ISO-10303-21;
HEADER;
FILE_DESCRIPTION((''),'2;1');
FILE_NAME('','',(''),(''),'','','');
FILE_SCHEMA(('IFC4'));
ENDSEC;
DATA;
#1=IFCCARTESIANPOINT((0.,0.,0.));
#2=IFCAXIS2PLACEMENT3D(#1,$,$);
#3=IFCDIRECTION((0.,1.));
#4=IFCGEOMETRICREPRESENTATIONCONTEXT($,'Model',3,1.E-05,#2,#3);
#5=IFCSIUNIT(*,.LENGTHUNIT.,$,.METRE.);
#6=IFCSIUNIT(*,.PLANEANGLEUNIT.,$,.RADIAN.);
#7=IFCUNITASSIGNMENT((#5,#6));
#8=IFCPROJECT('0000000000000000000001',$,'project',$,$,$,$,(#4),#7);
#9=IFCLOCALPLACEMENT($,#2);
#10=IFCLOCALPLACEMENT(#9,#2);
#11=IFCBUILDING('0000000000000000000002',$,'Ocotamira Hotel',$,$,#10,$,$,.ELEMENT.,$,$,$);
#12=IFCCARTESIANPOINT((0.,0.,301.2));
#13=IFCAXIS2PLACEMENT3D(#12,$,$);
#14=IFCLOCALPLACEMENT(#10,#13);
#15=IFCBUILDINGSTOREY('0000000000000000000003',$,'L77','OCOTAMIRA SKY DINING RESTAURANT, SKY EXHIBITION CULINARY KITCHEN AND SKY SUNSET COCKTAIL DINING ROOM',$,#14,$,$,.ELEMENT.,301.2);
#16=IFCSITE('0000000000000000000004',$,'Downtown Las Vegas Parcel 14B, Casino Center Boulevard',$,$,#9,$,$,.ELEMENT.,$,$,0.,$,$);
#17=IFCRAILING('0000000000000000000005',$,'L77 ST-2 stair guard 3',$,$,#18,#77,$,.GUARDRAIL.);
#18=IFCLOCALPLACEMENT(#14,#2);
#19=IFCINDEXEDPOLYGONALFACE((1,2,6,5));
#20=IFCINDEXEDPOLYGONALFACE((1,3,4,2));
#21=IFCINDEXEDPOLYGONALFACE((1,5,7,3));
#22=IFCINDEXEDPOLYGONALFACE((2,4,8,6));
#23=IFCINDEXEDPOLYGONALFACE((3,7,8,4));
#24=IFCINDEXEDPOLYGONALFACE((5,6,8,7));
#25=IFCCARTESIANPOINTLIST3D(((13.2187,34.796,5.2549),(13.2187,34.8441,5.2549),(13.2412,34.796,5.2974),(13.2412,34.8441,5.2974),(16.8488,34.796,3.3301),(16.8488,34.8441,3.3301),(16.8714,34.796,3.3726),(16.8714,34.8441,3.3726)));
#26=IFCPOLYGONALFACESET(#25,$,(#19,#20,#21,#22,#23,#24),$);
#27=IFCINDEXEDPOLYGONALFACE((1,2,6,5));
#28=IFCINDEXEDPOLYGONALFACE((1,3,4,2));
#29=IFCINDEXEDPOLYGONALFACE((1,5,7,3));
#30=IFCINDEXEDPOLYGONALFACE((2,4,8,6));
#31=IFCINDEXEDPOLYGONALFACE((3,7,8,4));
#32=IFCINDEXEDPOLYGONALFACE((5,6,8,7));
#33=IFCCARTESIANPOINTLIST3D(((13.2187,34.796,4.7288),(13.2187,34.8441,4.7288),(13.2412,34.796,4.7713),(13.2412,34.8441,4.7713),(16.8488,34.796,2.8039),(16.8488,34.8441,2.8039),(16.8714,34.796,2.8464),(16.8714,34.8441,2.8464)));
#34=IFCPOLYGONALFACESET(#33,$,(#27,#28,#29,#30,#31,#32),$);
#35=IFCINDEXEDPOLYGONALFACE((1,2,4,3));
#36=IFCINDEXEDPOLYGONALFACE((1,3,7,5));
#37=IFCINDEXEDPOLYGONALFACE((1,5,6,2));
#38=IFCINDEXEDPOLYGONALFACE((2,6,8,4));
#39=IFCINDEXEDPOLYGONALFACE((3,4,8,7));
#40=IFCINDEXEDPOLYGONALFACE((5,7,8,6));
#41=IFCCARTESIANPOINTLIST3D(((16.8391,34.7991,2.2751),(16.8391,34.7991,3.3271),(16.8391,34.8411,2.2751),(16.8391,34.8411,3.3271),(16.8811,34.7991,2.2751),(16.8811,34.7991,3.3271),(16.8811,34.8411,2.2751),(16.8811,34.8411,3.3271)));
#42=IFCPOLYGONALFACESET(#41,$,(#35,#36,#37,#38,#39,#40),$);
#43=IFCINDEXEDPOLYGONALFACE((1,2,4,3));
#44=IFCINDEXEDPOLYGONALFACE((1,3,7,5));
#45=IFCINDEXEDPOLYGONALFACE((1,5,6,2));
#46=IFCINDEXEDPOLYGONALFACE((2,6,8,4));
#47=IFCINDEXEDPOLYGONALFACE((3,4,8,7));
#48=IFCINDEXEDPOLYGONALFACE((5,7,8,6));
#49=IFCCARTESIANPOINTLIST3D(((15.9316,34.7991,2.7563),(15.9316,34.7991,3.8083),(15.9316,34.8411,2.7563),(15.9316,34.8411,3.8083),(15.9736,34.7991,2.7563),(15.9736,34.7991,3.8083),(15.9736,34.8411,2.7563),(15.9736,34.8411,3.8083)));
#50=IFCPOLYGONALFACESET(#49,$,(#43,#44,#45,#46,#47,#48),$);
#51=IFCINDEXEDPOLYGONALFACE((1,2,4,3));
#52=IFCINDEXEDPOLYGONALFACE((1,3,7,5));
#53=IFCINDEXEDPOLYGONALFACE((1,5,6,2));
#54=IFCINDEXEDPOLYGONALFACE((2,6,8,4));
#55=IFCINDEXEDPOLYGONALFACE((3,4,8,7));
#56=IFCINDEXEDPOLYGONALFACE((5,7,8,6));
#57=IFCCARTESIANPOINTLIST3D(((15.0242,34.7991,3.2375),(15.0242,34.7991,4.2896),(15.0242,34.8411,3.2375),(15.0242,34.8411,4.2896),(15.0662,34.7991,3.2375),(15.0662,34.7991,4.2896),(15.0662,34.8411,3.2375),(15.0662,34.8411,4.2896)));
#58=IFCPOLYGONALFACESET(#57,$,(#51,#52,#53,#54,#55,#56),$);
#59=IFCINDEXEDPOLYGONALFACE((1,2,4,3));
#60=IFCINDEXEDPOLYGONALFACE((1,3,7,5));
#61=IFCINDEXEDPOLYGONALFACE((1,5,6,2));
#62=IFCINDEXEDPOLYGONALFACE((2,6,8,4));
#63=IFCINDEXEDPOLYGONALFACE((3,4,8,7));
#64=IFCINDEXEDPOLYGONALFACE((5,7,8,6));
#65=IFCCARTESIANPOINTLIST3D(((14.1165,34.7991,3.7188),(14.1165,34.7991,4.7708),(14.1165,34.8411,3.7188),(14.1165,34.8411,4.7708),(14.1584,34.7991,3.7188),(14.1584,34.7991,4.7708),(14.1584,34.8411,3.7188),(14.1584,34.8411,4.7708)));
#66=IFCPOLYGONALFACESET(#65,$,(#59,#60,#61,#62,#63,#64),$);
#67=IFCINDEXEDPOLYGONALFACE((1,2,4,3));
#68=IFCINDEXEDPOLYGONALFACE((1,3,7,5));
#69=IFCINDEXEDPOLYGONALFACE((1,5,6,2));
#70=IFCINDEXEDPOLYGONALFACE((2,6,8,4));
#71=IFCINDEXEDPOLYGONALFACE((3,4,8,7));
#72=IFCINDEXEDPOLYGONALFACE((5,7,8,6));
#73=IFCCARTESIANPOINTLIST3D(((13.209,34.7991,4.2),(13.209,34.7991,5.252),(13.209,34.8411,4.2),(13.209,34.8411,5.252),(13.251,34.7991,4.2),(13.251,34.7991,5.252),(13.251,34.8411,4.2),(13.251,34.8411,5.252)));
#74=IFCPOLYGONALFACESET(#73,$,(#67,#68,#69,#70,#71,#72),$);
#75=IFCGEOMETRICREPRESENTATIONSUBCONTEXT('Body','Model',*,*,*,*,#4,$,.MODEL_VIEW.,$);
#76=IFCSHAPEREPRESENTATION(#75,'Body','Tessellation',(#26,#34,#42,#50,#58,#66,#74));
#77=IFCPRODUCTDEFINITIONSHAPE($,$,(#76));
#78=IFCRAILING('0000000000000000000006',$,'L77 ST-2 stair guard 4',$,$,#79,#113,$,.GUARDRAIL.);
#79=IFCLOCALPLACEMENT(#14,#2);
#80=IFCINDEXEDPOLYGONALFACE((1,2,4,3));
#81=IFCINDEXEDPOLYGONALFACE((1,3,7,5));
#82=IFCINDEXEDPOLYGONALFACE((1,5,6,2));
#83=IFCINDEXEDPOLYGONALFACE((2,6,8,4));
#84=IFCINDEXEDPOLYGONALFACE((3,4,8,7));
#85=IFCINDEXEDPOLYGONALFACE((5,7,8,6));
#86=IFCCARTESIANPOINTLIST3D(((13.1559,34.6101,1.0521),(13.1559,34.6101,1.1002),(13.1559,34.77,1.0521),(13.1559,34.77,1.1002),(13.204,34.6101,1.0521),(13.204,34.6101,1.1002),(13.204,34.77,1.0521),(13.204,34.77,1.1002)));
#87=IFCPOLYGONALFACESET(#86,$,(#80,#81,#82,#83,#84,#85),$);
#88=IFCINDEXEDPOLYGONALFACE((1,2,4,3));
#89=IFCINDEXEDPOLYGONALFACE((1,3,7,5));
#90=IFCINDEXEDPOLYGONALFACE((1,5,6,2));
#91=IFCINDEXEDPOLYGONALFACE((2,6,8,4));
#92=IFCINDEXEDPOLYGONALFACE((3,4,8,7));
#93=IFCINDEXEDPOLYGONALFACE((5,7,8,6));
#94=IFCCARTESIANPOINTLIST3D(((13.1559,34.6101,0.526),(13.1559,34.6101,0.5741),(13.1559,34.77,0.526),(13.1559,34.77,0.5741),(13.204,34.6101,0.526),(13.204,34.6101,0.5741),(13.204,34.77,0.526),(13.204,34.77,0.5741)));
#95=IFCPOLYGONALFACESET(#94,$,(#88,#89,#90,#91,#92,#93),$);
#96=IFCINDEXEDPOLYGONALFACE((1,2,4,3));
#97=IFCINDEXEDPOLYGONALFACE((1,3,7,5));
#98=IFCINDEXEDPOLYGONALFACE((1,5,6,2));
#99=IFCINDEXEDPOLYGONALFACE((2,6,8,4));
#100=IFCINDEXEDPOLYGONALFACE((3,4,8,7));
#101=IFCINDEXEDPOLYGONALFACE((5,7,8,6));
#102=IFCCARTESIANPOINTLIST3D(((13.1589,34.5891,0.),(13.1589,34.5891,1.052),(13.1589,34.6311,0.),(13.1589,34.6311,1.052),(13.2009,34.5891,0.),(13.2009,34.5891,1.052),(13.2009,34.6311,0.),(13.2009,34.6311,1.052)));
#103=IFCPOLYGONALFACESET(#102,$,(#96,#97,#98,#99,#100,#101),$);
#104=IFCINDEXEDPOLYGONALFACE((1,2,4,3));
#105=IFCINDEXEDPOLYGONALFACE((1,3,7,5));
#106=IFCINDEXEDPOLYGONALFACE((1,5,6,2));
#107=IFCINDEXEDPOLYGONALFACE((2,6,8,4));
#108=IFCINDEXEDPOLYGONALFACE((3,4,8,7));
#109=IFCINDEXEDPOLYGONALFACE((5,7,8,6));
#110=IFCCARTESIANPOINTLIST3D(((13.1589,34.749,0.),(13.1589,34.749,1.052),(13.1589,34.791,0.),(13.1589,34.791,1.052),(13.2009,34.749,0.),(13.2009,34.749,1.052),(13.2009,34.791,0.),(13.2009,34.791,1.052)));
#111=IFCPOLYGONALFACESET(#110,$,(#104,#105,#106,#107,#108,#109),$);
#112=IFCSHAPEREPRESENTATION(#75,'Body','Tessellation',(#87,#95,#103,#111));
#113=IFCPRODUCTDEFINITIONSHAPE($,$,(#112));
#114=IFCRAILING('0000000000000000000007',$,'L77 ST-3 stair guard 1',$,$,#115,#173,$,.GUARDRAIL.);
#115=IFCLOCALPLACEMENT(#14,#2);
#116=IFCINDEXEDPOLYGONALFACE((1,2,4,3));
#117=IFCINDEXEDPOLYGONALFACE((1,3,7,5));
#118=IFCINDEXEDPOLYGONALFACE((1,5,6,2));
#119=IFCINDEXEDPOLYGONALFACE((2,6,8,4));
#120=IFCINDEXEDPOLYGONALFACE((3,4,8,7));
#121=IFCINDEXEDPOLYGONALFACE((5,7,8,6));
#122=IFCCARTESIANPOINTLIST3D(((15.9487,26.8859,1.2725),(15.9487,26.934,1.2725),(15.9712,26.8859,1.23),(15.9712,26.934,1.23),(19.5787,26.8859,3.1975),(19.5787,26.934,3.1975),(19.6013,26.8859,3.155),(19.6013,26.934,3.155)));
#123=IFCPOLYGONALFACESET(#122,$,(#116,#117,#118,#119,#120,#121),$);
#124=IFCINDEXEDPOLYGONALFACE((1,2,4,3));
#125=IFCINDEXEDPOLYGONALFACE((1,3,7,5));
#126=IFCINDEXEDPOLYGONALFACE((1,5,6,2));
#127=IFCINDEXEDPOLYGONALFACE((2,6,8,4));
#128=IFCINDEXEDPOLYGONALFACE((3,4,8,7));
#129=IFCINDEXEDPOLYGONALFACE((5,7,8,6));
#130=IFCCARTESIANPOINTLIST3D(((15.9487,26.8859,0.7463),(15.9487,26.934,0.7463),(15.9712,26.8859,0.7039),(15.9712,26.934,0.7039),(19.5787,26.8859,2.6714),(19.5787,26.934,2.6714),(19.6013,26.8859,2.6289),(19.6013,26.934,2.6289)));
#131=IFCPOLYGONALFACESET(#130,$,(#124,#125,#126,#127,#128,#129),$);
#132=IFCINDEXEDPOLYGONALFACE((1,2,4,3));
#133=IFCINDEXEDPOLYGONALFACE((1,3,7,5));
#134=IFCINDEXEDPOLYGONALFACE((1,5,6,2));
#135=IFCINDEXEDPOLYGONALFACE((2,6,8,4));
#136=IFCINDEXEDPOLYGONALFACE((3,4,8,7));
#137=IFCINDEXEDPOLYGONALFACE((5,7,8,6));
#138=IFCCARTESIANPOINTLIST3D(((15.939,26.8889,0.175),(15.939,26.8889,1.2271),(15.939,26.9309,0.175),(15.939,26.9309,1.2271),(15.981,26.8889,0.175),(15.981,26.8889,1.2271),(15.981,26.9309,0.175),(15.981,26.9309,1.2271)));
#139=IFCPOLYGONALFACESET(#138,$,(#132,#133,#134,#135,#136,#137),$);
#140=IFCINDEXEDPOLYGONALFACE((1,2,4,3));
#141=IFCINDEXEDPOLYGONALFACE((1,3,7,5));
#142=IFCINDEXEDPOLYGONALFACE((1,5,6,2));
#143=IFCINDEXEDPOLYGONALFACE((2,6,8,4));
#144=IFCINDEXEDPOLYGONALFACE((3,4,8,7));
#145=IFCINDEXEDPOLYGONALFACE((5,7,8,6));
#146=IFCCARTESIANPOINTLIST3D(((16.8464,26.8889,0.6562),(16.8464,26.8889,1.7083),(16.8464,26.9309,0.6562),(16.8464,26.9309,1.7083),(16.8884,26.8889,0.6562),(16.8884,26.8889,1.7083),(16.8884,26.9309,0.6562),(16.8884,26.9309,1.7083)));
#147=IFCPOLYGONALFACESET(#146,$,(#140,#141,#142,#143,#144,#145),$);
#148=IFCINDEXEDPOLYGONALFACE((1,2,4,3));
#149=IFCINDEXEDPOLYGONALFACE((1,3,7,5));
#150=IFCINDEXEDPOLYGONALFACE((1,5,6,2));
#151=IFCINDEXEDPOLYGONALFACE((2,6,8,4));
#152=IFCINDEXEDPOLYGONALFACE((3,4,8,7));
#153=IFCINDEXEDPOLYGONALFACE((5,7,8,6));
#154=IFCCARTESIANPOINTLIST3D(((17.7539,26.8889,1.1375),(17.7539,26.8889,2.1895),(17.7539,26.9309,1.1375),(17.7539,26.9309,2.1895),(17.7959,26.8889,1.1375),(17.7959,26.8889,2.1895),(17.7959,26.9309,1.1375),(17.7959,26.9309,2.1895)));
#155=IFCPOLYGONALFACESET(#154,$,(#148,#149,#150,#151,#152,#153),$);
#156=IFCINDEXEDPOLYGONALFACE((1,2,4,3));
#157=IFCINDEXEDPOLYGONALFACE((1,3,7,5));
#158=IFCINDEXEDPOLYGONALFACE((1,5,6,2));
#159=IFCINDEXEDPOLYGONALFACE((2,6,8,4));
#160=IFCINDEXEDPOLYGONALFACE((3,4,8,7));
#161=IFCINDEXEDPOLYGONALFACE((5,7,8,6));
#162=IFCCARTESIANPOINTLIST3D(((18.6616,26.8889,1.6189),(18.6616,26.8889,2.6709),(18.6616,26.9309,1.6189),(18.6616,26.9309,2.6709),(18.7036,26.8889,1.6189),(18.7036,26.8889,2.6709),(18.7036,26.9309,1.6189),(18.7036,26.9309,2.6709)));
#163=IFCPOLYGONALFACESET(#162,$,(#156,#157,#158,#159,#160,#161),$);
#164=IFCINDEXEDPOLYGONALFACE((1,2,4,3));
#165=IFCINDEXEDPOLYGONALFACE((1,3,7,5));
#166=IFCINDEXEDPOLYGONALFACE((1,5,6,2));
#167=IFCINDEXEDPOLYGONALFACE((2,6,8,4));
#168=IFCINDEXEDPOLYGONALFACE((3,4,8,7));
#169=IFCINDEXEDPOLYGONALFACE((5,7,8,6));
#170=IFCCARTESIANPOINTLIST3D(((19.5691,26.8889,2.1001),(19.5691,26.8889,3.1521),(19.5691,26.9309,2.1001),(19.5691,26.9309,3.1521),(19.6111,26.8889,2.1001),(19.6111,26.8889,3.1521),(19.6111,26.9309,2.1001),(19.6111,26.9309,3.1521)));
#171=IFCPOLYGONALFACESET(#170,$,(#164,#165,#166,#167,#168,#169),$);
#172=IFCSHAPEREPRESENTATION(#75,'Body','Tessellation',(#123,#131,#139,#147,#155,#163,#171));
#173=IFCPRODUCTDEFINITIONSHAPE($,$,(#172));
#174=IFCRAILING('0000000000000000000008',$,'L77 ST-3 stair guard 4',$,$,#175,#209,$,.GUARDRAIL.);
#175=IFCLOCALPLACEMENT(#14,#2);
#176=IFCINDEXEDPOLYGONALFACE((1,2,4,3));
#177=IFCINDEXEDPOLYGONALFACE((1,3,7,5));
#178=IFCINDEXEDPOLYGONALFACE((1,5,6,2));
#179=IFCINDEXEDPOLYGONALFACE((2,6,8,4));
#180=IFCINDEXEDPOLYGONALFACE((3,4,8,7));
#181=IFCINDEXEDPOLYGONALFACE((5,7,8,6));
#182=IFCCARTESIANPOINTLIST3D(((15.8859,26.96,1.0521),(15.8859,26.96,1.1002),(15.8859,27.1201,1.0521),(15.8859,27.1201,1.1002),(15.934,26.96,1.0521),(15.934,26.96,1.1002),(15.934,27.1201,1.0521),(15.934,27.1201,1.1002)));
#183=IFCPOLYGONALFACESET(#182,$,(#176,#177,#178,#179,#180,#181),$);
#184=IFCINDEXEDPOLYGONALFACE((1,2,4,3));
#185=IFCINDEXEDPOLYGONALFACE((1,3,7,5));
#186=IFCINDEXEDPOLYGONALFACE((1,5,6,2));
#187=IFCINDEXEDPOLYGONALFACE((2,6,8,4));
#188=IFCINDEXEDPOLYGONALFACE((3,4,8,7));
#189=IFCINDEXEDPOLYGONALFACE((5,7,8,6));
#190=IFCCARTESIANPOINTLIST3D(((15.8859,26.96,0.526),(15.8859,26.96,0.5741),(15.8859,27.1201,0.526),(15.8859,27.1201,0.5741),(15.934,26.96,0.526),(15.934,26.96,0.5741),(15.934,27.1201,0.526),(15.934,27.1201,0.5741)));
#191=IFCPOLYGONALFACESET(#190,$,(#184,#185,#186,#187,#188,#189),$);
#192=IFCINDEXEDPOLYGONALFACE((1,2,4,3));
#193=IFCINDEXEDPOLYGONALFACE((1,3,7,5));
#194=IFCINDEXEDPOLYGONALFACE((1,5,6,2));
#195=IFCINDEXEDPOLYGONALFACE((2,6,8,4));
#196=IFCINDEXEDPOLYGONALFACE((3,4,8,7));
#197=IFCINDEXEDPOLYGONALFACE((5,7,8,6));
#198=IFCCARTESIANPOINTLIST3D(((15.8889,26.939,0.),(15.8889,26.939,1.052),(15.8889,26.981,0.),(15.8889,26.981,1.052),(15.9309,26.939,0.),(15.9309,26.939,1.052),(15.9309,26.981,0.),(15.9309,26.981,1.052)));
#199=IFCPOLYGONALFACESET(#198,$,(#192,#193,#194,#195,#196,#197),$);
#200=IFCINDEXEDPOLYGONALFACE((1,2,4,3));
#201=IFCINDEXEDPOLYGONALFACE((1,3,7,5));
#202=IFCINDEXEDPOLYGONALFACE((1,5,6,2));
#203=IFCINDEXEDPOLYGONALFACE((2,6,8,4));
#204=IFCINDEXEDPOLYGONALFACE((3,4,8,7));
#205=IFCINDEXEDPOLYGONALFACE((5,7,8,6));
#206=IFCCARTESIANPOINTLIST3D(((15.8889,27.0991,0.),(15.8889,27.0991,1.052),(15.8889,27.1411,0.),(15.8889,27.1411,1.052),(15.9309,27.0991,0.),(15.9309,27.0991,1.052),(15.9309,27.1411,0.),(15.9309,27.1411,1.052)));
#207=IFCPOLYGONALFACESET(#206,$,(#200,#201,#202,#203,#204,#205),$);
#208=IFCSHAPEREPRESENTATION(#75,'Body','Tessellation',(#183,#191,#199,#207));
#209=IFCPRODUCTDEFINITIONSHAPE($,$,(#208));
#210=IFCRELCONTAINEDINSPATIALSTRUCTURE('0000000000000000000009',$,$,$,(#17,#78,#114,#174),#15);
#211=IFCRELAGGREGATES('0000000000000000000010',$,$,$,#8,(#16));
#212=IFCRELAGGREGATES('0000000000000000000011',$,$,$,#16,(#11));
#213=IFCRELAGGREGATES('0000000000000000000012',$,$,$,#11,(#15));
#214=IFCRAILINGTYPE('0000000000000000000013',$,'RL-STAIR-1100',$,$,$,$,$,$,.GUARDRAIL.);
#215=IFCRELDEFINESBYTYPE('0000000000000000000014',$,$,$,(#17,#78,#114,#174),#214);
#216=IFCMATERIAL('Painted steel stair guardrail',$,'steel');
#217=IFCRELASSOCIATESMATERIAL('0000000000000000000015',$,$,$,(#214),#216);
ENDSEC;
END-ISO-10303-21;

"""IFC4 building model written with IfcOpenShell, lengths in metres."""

from ifc_helpers import new_model, si_unit, direction, frame, origin, origin_2d, place, context, subcontext, project, spatial, rectangle, extrude, material, type_object, element, save


model = new_model("IFC4")

# Units and contexts
model_context = context("Model", 3, precision=1e-05, world=origin(), true_north=direction((0.0, 1.0)))
body_context = subcontext(model_context, "Body", "Model", "MODEL_VIEW")
ifc_project = project(units=[si_unit("LENGTHUNIT", "METRE"), si_unit("PLANEANGLEUNIT", "RADIAN")], contexts=[model_context])

# Site, building, storey
site_placement = place(None, origin())
site = spatial("IfcSite", under=ifc_project, at=site_placement, Name="Downtown Las Vegas Parcel 14B, Casino Center Boulevard", CompositionType="ELEMENT", RefElevation=0.0)
building_placement = place(site_placement, origin())
building = spatial("IfcBuilding", under=site, at=building_placement, Name="Ocotamira Hotel", CompositionType="ELEMENT")
storey_placement = place(building_placement, frame((0.0, 0.0, 301.2)))
storey = spatial("IfcBuildingStorey", under=building, at=storey_placement, Name="L77", Description="OCOTAMIRA SKY DINING RESTAURANT, SKY EXHIBITION CULINARY KITCHEN AND SKY SUNSET COCKTAIL DINING ROOM", CompositionType="ELEMENT", Elevation=301.2)

# Railings
ifc_material_1 = material(Name="Painted steel stair guardrail", Category="steel")
railing_type_1 = type_object("IfcRailingType", Name="RL-STAIR-1100", PredefinedType="GUARDRAIL", material=ifc_material_1)
railing_1_placement = place(storey_placement, frame((16.8601, 34.8201, 2.2751)))
element("IfcRailing", 1, at=railing_1_placement, inside=storey, type_object=railing_type_1, Name="L77 ST-2 stair guard 3", PredefinedType="GUARDRAIL", context=body_context, shape_type="SweptSolid", body=[
    extrude(rectangle(XDim=0.0481, YDim=0.0481, at=origin_2d()), frame((0.0, 0.0, 1.0762), z_axis=(-0.883489, 0.0, 0.468453), x_axis=(0.0, -1.0, 0.0)), (0.0, 0.0, 1.0), 4.1089),
    extrude(rectangle(XDim=0.0481, YDim=0.0481, at=origin_2d()), frame((0.0, 0.0, 0.55), z_axis=(-0.883489, 0.0, 0.468453), x_axis=(0.0, -1.0, 0.0)), (0.0, 0.0, 1.0), 4.1089),
    extrude(rectangle(XDim=0.042, YDim=0.042, at=origin_2d()), origin(), (0.0, 0.0, 1.0), 1.052),
    extrude(rectangle(XDim=0.042, YDim=0.042, at=origin_2d()), frame((-0.9075, 0.0, 0.4812)), (0.0, 0.0, 1.0), 1.052),
    extrude(rectangle(XDim=0.042, YDim=0.042, at=origin_2d()), frame((-1.8149, 0.0, 0.9624)), (0.0, 0.0, 1.0), 1.052),
    extrude(rectangle(XDim=0.042, YDim=0.042, at=origin_2d()), frame((-2.7227, 0.0, 1.4436)), (0.0, 0.0, 1.0), 1.052),
    extrude(rectangle(XDim=0.042, YDim=0.042, at=origin_2d()), frame((-3.6301, 0.0, 1.9248)), (0.0, 0.0, 1.0), 1.052),
])
railing_2_placement = place(storey_placement, frame((13.1799, 34.6101, 0.0)))
element("IfcRailing", 2, at=railing_2_placement, inside=storey, type_object=railing_type_1, Name="L77 ST-2 stair guard 4", PredefinedType="GUARDRAIL", context=body_context, shape_type="SweptSolid", body=[
    extrude(rectangle(XDim=0.0481, YDim=0.0481, at=origin_2d()), frame((0.0, 0.0, 1.0762), z_axis=(0.0, 1.0, 0.0), x_axis=(-1.0, 0.0, 0.0)), (0.0, 0.0, 1.0), 0.1599),
    extrude(rectangle(XDim=0.0481, YDim=0.0481, at=origin_2d()), frame((0.0, 0.0, 0.55), z_axis=(0.0, 1.0, 0.0), x_axis=(-1.0, 0.0, 0.0)), (0.0, 0.0, 1.0), 0.1599),
    extrude(rectangle(XDim=0.042, YDim=0.042, at=origin_2d()), origin(), (0.0, 0.0, 1.0), 1.052),
    extrude(rectangle(XDim=0.042, YDim=0.042, at=origin_2d()), frame((0.0, 0.1599, 0.0)), (0.0, 0.0, 1.0), 1.052),
])
railing_3_placement = place(storey_placement, frame((15.96, 26.9099, 0.175)))
element("IfcRailing", 3, at=railing_3_placement, inside=storey, type_object=railing_type_1, Name="L77 ST-3 stair guard 1", PredefinedType="GUARDRAIL", context=body_context, shape_type="SweptSolid", body=[
    extrude(rectangle(XDim=0.0481, YDim=0.0481, at=origin_2d()), frame((0.0, 0.0, 1.0762), z_axis=(0.883464, 0.0, 0.468499), x_axis=(0.0, 1.0, 0.0)), (0.0, 0.0, 1.0), 4.1089),
    extrude(rectangle(XDim=0.0481, YDim=0.0481, at=origin_2d()), frame((0.0, 0.0, 0.55), z_axis=(0.883464, 0.0, 0.468499), x_axis=(0.0, 1.0, 0.0)), (0.0, 0.0, 1.0), 4.1089),
    extrude(rectangle(XDim=0.042, YDim=0.042, at=origin_2d()), origin(), (0.0, 0.0, 1.0), 1.052),
    extrude(rectangle(XDim=0.042, YDim=0.042, at=origin_2d()), frame((0.9075, 0.0, 0.4812)), (0.0, 0.0, 1.0), 1.052),
    extrude(rectangle(XDim=0.042, YDim=0.042, at=origin_2d()), frame((1.8149, 0.0, 0.9624)), (0.0, 0.0, 1.0), 1.052),
    extrude(rectangle(XDim=0.042, YDim=0.042, at=origin_2d()), frame((2.7227, 0.0, 1.4438)), (0.0, 0.0, 1.0), 1.052),
    extrude(rectangle(XDim=0.042, YDim=0.042, at=origin_2d()), frame((3.6301, 0.0, 1.925)), (0.0, 0.0, 1.0), 1.052),
])
railing_4_placement = place(storey_placement, frame((15.9099, 26.96, 0.0)))
element("IfcRailing", 4, at=railing_4_placement, inside=storey, type_object=railing_type_1, Name="L77 ST-3 stair guard 4", PredefinedType="GUARDRAIL", context=body_context, shape_type="SweptSolid", body=[
    extrude(rectangle(XDim=0.0481, YDim=0.0481, at=origin_2d()), frame((0.0, 0.0, 1.0762), z_axis=(0.0, 1.0, 0.0), x_axis=(-1.0, 0.0, 0.0)), (0.0, 0.0, 1.0), 0.1602),
    extrude(rectangle(XDim=0.0481, YDim=0.0481, at=origin_2d()), frame((0.0, 0.0, 0.55), z_axis=(0.0, 1.0, 0.0), x_axis=(-1.0, 0.0, 0.0)), (0.0, 0.0, 1.0), 0.1602),
    extrude(rectangle(XDim=0.042, YDim=0.042, at=origin_2d()), origin(), (0.0, 0.0, 1.0), 1.052),
    extrude(rectangle(XDim=0.042, YDim=0.042, at=origin_2d()), frame((0.0, 0.1602, 0.0)), (0.0, 0.0, 1.0), 1.052),
])

save(model, "model.ifc")
